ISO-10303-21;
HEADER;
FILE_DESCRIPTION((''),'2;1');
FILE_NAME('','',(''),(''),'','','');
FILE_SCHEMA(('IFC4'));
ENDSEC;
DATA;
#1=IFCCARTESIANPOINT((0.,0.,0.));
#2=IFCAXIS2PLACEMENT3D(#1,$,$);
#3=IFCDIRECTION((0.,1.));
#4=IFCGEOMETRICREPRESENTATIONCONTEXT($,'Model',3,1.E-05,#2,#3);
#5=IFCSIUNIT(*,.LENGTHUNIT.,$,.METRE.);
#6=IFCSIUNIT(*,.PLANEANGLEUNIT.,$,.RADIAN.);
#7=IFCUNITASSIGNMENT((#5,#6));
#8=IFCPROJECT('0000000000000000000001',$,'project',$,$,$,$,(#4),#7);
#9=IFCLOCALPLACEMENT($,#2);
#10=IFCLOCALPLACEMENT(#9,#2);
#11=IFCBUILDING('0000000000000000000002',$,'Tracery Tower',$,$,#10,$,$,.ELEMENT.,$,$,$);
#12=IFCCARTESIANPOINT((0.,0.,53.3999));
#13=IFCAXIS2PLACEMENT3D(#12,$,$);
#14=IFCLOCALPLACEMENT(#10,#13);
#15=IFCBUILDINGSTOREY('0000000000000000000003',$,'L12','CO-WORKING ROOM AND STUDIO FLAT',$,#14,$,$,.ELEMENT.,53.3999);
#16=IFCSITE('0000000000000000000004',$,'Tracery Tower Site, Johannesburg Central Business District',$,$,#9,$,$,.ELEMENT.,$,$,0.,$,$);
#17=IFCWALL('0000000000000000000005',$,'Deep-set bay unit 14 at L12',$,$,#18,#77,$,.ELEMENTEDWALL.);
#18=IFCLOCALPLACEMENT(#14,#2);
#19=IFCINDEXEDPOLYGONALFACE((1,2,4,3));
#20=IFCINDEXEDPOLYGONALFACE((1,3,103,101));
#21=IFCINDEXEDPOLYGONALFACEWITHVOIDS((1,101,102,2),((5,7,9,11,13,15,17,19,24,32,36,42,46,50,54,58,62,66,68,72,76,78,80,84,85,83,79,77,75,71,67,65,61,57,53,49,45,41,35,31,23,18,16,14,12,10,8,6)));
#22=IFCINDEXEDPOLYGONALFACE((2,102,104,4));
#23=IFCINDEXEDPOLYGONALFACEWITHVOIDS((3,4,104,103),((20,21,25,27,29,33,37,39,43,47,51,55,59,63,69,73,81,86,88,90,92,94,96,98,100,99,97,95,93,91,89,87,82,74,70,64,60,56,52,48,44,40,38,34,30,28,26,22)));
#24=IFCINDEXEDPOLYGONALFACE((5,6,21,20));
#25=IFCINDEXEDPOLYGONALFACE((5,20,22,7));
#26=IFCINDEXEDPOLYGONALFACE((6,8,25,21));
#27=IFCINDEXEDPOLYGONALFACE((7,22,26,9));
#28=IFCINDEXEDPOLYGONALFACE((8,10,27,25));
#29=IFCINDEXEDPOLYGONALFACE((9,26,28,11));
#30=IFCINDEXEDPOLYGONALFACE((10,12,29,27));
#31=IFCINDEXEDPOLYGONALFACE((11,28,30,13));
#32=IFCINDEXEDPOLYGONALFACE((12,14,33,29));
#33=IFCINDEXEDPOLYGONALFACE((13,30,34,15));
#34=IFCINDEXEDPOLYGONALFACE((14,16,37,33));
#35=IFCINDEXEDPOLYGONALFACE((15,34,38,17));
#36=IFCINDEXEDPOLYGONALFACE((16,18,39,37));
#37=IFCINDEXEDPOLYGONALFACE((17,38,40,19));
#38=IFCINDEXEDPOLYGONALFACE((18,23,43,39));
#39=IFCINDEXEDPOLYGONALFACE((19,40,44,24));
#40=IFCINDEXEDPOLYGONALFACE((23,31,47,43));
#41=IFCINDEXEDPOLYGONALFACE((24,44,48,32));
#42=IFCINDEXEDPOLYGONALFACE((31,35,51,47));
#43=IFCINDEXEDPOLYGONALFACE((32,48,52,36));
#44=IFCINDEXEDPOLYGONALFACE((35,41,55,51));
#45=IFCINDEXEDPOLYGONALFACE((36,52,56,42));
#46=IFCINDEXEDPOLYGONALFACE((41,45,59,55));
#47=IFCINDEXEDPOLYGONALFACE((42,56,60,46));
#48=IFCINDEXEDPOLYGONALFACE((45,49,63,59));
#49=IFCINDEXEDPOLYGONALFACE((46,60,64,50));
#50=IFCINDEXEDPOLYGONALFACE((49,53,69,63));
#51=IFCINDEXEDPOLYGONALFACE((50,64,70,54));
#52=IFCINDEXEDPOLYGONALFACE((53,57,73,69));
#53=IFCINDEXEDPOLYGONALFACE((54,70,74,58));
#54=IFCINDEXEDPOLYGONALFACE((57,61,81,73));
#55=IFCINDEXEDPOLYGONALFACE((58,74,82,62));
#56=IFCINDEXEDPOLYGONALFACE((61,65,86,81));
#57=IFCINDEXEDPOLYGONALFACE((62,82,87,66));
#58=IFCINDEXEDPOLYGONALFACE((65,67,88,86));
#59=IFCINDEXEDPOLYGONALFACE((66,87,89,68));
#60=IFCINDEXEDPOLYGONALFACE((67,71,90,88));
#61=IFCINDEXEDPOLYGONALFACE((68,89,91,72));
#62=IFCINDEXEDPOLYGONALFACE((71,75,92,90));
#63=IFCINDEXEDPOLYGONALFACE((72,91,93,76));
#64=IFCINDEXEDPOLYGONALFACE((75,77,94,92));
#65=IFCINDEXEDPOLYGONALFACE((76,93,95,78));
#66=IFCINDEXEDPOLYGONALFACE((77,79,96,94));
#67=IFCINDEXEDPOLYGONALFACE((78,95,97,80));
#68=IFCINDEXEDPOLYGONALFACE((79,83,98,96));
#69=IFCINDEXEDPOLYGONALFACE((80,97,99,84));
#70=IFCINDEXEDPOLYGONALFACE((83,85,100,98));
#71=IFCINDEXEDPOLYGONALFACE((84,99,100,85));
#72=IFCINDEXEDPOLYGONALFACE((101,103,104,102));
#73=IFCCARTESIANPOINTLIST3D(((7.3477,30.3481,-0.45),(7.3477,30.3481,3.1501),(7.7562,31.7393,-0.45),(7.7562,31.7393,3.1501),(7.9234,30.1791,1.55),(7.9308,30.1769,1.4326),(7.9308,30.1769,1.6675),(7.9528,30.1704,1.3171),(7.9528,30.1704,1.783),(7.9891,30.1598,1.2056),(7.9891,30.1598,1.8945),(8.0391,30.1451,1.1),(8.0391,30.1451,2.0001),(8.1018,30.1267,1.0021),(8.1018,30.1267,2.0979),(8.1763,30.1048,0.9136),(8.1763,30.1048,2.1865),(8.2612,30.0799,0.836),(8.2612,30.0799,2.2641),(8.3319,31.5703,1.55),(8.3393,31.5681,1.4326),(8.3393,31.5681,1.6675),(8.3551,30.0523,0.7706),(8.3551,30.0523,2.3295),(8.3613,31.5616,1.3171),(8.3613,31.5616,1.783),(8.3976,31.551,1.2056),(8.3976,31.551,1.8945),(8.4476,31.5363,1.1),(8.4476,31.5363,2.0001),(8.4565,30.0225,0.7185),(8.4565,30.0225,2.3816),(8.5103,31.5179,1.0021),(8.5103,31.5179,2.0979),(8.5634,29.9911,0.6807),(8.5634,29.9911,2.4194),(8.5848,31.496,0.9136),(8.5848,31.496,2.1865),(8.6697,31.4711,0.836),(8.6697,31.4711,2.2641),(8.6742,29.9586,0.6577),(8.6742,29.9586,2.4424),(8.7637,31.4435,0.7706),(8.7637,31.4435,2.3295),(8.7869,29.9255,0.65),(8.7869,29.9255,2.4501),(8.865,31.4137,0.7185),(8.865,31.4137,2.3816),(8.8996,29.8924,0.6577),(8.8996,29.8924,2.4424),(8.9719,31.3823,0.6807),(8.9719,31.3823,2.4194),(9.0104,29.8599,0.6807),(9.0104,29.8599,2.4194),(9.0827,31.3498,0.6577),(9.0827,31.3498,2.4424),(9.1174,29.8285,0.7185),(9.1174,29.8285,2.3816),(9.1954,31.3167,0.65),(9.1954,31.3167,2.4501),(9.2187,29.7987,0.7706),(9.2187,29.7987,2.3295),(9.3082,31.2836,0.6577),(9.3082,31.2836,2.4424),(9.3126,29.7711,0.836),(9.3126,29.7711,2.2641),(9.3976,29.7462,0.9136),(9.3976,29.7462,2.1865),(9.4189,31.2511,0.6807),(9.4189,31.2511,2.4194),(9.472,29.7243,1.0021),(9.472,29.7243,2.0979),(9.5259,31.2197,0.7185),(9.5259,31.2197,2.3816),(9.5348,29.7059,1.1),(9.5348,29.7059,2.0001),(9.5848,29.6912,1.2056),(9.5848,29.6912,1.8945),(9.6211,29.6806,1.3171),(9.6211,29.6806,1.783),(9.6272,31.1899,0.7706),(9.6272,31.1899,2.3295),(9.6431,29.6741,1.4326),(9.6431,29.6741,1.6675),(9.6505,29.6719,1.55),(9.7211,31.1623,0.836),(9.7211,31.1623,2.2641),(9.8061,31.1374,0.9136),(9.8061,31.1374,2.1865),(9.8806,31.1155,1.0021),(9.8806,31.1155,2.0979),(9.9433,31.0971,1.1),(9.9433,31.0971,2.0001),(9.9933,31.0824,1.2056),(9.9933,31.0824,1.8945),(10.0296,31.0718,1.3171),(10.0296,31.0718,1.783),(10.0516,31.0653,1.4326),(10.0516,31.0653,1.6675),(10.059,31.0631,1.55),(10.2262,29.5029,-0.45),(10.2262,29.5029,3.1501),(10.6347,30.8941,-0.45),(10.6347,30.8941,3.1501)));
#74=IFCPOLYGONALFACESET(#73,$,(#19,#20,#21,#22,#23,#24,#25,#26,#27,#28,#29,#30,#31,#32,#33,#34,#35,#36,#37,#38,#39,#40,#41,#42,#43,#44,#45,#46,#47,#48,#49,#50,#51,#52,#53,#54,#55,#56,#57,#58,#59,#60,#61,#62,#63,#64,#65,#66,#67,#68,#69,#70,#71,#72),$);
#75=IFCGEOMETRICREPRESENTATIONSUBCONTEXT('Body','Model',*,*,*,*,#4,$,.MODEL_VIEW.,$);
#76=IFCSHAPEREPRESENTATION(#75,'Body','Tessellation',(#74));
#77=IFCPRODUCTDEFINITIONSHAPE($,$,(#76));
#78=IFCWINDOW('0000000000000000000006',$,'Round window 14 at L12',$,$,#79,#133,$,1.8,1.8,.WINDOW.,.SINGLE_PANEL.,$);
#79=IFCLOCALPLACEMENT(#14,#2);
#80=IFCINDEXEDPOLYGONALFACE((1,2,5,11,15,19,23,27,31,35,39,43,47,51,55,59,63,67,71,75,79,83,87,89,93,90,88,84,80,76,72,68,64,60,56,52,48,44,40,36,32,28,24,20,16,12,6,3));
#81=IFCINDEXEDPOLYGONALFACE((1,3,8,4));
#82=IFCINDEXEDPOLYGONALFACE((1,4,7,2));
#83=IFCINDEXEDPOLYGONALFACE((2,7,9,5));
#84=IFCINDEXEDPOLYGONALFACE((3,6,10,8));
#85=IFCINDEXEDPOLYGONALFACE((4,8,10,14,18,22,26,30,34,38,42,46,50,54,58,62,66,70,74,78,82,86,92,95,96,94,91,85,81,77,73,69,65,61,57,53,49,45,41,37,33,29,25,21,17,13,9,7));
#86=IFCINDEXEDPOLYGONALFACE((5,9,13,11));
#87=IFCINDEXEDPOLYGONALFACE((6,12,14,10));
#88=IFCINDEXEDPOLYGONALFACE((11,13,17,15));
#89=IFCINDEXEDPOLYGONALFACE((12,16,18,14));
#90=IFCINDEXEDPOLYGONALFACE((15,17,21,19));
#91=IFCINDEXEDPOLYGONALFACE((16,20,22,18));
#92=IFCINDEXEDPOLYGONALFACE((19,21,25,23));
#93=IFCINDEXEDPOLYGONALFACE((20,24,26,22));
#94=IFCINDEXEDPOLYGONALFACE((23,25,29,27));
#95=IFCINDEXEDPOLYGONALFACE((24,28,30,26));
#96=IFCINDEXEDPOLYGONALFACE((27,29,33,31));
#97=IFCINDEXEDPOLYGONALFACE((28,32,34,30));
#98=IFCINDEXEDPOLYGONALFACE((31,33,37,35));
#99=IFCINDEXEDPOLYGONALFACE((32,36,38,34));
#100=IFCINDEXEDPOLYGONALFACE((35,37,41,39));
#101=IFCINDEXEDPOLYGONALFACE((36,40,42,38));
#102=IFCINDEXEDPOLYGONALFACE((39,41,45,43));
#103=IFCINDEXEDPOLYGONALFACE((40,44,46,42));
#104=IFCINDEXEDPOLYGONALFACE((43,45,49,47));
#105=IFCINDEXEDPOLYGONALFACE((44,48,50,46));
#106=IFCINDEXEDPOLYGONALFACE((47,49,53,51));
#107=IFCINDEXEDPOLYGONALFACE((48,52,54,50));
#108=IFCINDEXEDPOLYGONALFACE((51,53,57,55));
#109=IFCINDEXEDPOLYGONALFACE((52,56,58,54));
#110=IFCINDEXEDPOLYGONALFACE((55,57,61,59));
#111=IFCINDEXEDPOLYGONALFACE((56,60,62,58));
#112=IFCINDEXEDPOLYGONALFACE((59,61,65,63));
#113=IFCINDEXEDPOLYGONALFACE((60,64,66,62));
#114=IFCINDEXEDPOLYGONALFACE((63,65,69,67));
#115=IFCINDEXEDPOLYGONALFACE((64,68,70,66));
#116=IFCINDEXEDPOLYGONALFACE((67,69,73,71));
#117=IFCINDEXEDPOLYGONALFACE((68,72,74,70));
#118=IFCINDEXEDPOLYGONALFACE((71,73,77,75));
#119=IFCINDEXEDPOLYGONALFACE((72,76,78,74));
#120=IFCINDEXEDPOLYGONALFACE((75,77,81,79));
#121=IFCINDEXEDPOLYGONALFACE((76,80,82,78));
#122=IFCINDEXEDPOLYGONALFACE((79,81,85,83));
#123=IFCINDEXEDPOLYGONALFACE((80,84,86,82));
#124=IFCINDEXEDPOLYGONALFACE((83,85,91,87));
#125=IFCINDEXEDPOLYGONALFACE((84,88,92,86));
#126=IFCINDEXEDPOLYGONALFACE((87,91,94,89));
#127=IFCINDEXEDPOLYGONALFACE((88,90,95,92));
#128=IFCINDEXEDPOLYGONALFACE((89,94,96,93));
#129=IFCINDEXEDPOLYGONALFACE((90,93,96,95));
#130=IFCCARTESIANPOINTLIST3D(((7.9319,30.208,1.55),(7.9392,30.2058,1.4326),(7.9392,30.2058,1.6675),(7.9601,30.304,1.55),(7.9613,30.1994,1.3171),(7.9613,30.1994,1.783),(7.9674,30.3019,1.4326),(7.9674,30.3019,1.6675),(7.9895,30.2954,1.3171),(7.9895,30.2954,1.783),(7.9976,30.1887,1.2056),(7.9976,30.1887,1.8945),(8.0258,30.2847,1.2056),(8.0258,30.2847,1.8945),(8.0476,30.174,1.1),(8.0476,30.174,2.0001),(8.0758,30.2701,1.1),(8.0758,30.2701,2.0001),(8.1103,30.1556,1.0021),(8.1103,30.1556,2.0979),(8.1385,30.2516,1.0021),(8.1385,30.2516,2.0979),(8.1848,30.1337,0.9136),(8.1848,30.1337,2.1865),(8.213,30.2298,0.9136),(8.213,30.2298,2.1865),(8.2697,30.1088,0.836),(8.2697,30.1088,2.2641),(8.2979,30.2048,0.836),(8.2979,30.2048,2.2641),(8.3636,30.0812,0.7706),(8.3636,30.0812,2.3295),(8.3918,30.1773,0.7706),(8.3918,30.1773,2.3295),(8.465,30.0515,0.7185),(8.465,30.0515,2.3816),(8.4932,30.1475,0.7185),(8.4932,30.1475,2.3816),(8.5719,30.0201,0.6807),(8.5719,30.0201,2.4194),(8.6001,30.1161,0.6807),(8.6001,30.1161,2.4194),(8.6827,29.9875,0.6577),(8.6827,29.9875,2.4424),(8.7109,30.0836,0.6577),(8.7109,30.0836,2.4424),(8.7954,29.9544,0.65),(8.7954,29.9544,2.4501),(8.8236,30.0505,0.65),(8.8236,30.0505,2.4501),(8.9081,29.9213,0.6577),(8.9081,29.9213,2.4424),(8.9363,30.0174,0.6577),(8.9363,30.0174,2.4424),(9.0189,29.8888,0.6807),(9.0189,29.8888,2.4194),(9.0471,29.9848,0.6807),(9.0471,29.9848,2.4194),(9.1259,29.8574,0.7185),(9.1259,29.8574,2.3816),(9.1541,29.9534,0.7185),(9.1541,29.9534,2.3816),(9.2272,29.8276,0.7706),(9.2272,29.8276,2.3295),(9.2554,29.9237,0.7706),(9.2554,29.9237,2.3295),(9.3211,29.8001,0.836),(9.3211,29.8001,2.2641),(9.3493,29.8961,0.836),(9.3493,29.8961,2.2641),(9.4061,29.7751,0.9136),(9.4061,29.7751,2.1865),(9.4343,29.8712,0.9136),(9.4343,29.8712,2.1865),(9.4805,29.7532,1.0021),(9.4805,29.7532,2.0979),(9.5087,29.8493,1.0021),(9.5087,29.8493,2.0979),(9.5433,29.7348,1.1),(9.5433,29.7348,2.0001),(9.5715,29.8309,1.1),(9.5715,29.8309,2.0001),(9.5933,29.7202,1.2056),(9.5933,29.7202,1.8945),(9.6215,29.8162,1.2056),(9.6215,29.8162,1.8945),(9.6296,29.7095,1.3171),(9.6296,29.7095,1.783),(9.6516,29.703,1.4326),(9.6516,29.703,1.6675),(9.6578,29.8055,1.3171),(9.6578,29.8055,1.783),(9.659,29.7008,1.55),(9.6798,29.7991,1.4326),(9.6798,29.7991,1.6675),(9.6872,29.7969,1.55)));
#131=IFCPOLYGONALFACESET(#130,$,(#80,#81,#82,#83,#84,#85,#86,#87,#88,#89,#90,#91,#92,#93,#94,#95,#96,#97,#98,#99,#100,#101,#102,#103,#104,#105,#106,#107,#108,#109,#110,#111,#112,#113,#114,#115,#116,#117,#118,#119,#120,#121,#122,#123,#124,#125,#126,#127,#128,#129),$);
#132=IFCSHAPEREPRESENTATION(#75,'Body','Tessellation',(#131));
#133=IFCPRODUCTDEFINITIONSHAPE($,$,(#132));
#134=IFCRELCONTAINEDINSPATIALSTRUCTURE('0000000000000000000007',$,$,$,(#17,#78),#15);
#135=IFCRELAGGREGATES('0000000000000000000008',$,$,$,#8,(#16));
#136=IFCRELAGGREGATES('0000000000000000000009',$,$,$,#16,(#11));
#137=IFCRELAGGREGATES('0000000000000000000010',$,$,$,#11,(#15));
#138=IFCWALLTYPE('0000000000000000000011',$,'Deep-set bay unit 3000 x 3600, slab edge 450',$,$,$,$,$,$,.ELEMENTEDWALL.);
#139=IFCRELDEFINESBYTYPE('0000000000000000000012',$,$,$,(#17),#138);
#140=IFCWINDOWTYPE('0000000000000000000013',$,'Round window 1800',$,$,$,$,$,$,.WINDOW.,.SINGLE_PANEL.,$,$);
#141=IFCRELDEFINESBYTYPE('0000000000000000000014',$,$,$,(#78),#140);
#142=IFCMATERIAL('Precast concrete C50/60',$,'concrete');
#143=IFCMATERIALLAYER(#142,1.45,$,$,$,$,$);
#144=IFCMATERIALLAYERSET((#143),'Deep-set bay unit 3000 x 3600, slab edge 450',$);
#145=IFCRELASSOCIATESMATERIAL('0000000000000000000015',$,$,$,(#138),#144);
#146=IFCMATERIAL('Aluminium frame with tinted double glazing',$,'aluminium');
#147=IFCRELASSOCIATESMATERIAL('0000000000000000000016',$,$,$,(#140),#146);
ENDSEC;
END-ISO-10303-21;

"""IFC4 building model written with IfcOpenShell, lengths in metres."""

from ifc_helpers import new_model, si_unit, direction, frame, frame_2d, origin, origin_2d, place, context, subcontext, project, spatial, rectangle, circle, extrude, material, layer, layer_set, type_object, element, fill, save


model = new_model("IFC4")

# Units and contexts
model_context = context("Model", 3, precision=1e-05, world=origin(), true_north=direction((0.0, 1.0)))
body_context = subcontext(model_context, "Body", "Model", "MODEL_VIEW")
ifc_project = project(units=[si_unit("LENGTHUNIT", "METRE"), si_unit("PLANEANGLEUNIT", "RADIAN")], contexts=[model_context])

# Site, building, storey
site_placement = place(None, origin())
site = spatial("IfcSite", under=ifc_project, at=site_placement, Name="Tracery Tower Site, Johannesburg Central Business District", CompositionType="ELEMENT", RefElevation=0.0)
building_placement = place(site_placement, origin())
building = spatial("IfcBuilding", under=site, at=building_placement, Name="Tracery Tower", CompositionType="ELEMENT")
storey_placement = place(building_placement, frame((0.0, 0.0, 53.3999)))
storey = spatial("IfcBuildingStorey", under=building, at=storey_placement, Name="L12", Description="CO-WORKING ROOM AND STUDIO FLAT", CompositionType="ELEMENT", Elevation=53.3999)

# Wall, opening, window
ifc_material_1 = material(Name="Precast concrete C50/60", Category="concrete")
ifc_layer_1 = layer(ifc_material_1, 1.45)
ifc_layer_set_1 = layer_set([ifc_layer_1], Name="Deep-set bay unit 3000 x 3600, slab edge 450")
wall_type_1 = type_object("IfcWallType", Name="Deep-set bay unit 3000 x 3600, slab edge 450", PredefinedType="ELEMENTEDWALL", material=ifc_layer_set_1)
wall_1_placement = place(storey_placement, frame((10.4304, 30.1985, -0.45), z_axis=(0.0, 0.0, 1.0), x_axis=(-0.95949, 0.281743, 0.0)))
wall_1 = element("IfcWall", 1, at=wall_1_placement, inside=storey, type_object=wall_type_1, Name="Deep-set bay unit 14 at L12", PredefinedType="ELEMENTEDWALL", context=body_context, shape_type="SweptSolid", body=[
    extrude(rectangle(XDim=3.0, YDim=1.45, at=frame_2d((1.5, 0.0))), origin(), (0.0, 0.0, 1.0), 3.6001),
])
opening_1_placement = place(wall_1_placement, frame((1.5, 0.0, 2.0)))
opening_1 = element("IfcOpeningElement", 2, at=opening_1_placement, cuts=wall_1, PredefinedType="OPENING", context=body_context, shape_type="SweptSolid", body=[
    extrude(circle(Radius=0.9, at=origin_2d()), frame((0.0, 0.7349, 0.0), z_axis=(0.0, -1.0, 0.0), x_axis=(1.0, 0.0, 0.0)), (0.0, 0.0, 1.0), 1.47),
])
ifc_material_2 = material(Name="Aluminium frame with tinted double glazing", Category="aluminium")
window_type = type_object("IfcWindowType", Name="Round window 1800", PartitioningType="SINGLE_PANEL", PredefinedType="WINDOW", material=ifc_material_2)
window_1_placement = place(opening_1_placement, origin())
window_1 = element("IfcWindow", 3, at=window_1_placement, inside=storey, type_object=window_type, Name="Round window 14 at L12", OverallHeight=1.8, OverallWidth=1.8, PartitioningType="SINGLE_PANEL", PredefinedType="WINDOW", context=body_context, shape_type="SweptSolid", body=[
    extrude(circle(Radius=0.9, at=origin_2d()), frame((0.0, 0.6948, 0.0), z_axis=(0.0, -1.0, 0.0), x_axis=(1.0, 0.0, 0.0)), (0.0, 0.0, 1.0), 0.1001),
])
fill(opening_1, window_1)

save(model, "model.ifc")
